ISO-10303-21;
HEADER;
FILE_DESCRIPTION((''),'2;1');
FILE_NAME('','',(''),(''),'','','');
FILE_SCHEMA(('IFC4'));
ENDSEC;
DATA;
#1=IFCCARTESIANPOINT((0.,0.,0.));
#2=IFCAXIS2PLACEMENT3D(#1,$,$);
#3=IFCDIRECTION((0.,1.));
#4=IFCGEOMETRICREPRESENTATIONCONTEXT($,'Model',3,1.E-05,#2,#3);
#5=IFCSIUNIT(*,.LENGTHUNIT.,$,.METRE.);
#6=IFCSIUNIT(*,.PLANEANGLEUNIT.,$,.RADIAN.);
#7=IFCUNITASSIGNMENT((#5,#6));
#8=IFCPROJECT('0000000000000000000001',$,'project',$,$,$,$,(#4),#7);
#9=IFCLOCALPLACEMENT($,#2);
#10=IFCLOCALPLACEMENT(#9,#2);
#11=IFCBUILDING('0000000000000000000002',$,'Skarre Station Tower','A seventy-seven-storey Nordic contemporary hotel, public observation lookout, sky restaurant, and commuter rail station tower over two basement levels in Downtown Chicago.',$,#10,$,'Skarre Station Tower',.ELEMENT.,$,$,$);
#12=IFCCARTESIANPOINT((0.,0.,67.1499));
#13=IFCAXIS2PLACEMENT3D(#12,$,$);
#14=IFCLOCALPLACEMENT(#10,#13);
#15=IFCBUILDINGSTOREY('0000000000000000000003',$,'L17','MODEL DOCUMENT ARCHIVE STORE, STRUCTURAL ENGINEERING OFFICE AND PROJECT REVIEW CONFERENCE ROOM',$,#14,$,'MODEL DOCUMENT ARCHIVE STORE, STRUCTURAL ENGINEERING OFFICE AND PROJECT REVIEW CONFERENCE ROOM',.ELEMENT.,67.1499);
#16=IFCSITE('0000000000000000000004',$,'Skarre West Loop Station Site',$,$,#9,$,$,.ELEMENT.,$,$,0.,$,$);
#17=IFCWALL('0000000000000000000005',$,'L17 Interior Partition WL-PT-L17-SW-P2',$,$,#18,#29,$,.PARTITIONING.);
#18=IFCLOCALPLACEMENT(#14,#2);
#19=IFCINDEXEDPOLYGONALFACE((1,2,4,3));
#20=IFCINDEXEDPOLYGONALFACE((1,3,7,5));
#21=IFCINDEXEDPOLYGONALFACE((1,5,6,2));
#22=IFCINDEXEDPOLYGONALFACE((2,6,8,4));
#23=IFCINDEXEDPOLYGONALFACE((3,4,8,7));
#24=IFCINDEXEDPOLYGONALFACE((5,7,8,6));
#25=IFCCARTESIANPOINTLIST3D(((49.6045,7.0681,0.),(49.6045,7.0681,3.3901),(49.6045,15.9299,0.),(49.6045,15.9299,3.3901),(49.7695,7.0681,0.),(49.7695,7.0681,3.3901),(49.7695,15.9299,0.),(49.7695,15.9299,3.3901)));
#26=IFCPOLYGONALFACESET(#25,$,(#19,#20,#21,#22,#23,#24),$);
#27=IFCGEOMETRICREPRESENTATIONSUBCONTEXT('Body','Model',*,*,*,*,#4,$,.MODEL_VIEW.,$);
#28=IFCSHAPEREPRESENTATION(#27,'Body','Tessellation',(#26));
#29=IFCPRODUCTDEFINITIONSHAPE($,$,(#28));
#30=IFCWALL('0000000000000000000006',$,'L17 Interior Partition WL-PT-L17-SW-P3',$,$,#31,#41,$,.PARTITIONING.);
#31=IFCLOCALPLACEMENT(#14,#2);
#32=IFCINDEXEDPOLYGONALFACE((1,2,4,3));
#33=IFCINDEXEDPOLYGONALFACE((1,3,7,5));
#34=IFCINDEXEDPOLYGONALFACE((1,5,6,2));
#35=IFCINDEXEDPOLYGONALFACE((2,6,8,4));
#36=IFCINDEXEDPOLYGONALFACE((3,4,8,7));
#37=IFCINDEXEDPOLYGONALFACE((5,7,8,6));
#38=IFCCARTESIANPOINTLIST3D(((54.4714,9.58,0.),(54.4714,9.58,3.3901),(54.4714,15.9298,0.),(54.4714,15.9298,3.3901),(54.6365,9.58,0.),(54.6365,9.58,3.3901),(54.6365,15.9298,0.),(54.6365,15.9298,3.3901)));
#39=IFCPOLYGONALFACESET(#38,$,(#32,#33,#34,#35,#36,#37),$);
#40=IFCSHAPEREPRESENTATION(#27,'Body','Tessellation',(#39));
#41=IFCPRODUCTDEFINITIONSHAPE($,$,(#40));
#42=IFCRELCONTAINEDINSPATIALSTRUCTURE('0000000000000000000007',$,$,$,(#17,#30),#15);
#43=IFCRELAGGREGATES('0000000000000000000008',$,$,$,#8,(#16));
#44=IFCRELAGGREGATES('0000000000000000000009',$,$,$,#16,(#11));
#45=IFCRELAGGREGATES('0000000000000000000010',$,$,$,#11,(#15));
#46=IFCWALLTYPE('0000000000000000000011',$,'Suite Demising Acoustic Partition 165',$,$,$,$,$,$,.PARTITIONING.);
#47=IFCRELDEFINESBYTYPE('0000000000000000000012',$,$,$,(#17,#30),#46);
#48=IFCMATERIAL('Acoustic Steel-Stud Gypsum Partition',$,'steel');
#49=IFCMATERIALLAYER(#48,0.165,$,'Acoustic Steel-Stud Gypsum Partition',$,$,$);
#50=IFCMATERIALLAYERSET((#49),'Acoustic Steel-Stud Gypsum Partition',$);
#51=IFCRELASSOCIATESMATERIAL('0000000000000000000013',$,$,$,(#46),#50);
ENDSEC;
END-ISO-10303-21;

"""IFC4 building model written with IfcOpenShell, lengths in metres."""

from ifc_helpers import new_model, si_unit, direction, frame, frame_2d, origin, place, context, subcontext, project, spatial, rectangle, extrude, material, layer, layer_set, type_object, element, save


model = new_model("IFC4")

# Units and contexts
model_context = context("Model", 3, precision=1e-05, world=origin(), true_north=direction((0.0, 1.0)))
body_context = subcontext(model_context, "Body", "Model", "MODEL_VIEW")
ifc_project = project(units=[si_unit("LENGTHUNIT", "METRE"), si_unit("PLANEANGLEUNIT", "RADIAN")], contexts=[model_context])

# Site, building, storey
site_placement = place(None, origin())
site = spatial("IfcSite", under=ifc_project, at=site_placement, Name="Skarre West Loop Station Site", CompositionType="ELEMENT", RefElevation=0.0)
building_placement = place(site_placement, origin())
building = spatial("IfcBuilding", under=site, at=building_placement, Name="Skarre Station Tower", Description="A seventy-seven-storey Nordic contemporary hotel, public observation lookout, sky restaurant, and commuter rail station tower over two basement levels in Downtown Chicago.", LongName="Skarre Station Tower", CompositionType="ELEMENT")
storey_placement = place(building_placement, frame((0.0, 0.0, 67.1499)))
storey = spatial("IfcBuildingStorey", under=building, at=storey_placement, Name="L17", Description="MODEL DOCUMENT ARCHIVE STORE, STRUCTURAL ENGINEERING OFFICE AND PROJECT REVIEW CONFERENCE ROOM", LongName="MODEL DOCUMENT ARCHIVE STORE, STRUCTURAL ENGINEERING OFFICE AND PROJECT REVIEW CONFERENCE ROOM", CompositionType="ELEMENT", Elevation=67.1499)

# Shared definitions
ifc_material_1 = material(Name="Acoustic Steel-Stud Gypsum Partition", Category="steel")

# Walls
ifc_layer_1 = layer(ifc_material_1, 0.165, Name="Acoustic Steel-Stud Gypsum Partition")
ifc_layer_set_1 = layer_set([ifc_layer_1], Name="Acoustic Steel-Stud Gypsum Partition")
wall_type_1 = type_object("IfcWallType", Name="Suite Demising Acoustic Partition 165", PredefinedType="PARTITIONING", material=ifc_layer_set_1)
wall_1_placement = place(storey_placement, frame((49.687, 7.0681, 0.0), z_axis=(0.0, 0.0, 1.0), x_axis=(0.0, 1.0, 0.0)))
element("IfcWall", 1, at=wall_1_placement, inside=storey, type_object=wall_type_1, Name="L17 Interior Partition WL-PT-L17-SW-P2", PredefinedType="PARTITIONING", context=body_context, shape_type="SweptSolid", body=[
    extrude(rectangle(XDim=8.8618, YDim=0.165, at=frame_2d((4.4309, 0.0))), origin(), (0.0, 0.0, 1.0), 3.3901),
])
wall_2_placement = place(storey_placement, frame((54.554, 9.5801, 0.0), z_axis=(0.0, 0.0, 1.0), x_axis=(0.0, 1.0, 0.0)))
element("IfcWall", 2, at=wall_2_placement, inside=storey, type_object=wall_type_1, Name="L17 Interior Partition WL-PT-L17-SW-P3", PredefinedType="PARTITIONING", context=body_context, shape_type="SweptSolid", body=[
    extrude(rectangle(XDim=6.3499, YDim=0.165, at=frame_2d((3.1748, 0.0))), origin(), (0.0, 0.0, 1.0), 3.3901),
])

save(model, "model.ifc")
